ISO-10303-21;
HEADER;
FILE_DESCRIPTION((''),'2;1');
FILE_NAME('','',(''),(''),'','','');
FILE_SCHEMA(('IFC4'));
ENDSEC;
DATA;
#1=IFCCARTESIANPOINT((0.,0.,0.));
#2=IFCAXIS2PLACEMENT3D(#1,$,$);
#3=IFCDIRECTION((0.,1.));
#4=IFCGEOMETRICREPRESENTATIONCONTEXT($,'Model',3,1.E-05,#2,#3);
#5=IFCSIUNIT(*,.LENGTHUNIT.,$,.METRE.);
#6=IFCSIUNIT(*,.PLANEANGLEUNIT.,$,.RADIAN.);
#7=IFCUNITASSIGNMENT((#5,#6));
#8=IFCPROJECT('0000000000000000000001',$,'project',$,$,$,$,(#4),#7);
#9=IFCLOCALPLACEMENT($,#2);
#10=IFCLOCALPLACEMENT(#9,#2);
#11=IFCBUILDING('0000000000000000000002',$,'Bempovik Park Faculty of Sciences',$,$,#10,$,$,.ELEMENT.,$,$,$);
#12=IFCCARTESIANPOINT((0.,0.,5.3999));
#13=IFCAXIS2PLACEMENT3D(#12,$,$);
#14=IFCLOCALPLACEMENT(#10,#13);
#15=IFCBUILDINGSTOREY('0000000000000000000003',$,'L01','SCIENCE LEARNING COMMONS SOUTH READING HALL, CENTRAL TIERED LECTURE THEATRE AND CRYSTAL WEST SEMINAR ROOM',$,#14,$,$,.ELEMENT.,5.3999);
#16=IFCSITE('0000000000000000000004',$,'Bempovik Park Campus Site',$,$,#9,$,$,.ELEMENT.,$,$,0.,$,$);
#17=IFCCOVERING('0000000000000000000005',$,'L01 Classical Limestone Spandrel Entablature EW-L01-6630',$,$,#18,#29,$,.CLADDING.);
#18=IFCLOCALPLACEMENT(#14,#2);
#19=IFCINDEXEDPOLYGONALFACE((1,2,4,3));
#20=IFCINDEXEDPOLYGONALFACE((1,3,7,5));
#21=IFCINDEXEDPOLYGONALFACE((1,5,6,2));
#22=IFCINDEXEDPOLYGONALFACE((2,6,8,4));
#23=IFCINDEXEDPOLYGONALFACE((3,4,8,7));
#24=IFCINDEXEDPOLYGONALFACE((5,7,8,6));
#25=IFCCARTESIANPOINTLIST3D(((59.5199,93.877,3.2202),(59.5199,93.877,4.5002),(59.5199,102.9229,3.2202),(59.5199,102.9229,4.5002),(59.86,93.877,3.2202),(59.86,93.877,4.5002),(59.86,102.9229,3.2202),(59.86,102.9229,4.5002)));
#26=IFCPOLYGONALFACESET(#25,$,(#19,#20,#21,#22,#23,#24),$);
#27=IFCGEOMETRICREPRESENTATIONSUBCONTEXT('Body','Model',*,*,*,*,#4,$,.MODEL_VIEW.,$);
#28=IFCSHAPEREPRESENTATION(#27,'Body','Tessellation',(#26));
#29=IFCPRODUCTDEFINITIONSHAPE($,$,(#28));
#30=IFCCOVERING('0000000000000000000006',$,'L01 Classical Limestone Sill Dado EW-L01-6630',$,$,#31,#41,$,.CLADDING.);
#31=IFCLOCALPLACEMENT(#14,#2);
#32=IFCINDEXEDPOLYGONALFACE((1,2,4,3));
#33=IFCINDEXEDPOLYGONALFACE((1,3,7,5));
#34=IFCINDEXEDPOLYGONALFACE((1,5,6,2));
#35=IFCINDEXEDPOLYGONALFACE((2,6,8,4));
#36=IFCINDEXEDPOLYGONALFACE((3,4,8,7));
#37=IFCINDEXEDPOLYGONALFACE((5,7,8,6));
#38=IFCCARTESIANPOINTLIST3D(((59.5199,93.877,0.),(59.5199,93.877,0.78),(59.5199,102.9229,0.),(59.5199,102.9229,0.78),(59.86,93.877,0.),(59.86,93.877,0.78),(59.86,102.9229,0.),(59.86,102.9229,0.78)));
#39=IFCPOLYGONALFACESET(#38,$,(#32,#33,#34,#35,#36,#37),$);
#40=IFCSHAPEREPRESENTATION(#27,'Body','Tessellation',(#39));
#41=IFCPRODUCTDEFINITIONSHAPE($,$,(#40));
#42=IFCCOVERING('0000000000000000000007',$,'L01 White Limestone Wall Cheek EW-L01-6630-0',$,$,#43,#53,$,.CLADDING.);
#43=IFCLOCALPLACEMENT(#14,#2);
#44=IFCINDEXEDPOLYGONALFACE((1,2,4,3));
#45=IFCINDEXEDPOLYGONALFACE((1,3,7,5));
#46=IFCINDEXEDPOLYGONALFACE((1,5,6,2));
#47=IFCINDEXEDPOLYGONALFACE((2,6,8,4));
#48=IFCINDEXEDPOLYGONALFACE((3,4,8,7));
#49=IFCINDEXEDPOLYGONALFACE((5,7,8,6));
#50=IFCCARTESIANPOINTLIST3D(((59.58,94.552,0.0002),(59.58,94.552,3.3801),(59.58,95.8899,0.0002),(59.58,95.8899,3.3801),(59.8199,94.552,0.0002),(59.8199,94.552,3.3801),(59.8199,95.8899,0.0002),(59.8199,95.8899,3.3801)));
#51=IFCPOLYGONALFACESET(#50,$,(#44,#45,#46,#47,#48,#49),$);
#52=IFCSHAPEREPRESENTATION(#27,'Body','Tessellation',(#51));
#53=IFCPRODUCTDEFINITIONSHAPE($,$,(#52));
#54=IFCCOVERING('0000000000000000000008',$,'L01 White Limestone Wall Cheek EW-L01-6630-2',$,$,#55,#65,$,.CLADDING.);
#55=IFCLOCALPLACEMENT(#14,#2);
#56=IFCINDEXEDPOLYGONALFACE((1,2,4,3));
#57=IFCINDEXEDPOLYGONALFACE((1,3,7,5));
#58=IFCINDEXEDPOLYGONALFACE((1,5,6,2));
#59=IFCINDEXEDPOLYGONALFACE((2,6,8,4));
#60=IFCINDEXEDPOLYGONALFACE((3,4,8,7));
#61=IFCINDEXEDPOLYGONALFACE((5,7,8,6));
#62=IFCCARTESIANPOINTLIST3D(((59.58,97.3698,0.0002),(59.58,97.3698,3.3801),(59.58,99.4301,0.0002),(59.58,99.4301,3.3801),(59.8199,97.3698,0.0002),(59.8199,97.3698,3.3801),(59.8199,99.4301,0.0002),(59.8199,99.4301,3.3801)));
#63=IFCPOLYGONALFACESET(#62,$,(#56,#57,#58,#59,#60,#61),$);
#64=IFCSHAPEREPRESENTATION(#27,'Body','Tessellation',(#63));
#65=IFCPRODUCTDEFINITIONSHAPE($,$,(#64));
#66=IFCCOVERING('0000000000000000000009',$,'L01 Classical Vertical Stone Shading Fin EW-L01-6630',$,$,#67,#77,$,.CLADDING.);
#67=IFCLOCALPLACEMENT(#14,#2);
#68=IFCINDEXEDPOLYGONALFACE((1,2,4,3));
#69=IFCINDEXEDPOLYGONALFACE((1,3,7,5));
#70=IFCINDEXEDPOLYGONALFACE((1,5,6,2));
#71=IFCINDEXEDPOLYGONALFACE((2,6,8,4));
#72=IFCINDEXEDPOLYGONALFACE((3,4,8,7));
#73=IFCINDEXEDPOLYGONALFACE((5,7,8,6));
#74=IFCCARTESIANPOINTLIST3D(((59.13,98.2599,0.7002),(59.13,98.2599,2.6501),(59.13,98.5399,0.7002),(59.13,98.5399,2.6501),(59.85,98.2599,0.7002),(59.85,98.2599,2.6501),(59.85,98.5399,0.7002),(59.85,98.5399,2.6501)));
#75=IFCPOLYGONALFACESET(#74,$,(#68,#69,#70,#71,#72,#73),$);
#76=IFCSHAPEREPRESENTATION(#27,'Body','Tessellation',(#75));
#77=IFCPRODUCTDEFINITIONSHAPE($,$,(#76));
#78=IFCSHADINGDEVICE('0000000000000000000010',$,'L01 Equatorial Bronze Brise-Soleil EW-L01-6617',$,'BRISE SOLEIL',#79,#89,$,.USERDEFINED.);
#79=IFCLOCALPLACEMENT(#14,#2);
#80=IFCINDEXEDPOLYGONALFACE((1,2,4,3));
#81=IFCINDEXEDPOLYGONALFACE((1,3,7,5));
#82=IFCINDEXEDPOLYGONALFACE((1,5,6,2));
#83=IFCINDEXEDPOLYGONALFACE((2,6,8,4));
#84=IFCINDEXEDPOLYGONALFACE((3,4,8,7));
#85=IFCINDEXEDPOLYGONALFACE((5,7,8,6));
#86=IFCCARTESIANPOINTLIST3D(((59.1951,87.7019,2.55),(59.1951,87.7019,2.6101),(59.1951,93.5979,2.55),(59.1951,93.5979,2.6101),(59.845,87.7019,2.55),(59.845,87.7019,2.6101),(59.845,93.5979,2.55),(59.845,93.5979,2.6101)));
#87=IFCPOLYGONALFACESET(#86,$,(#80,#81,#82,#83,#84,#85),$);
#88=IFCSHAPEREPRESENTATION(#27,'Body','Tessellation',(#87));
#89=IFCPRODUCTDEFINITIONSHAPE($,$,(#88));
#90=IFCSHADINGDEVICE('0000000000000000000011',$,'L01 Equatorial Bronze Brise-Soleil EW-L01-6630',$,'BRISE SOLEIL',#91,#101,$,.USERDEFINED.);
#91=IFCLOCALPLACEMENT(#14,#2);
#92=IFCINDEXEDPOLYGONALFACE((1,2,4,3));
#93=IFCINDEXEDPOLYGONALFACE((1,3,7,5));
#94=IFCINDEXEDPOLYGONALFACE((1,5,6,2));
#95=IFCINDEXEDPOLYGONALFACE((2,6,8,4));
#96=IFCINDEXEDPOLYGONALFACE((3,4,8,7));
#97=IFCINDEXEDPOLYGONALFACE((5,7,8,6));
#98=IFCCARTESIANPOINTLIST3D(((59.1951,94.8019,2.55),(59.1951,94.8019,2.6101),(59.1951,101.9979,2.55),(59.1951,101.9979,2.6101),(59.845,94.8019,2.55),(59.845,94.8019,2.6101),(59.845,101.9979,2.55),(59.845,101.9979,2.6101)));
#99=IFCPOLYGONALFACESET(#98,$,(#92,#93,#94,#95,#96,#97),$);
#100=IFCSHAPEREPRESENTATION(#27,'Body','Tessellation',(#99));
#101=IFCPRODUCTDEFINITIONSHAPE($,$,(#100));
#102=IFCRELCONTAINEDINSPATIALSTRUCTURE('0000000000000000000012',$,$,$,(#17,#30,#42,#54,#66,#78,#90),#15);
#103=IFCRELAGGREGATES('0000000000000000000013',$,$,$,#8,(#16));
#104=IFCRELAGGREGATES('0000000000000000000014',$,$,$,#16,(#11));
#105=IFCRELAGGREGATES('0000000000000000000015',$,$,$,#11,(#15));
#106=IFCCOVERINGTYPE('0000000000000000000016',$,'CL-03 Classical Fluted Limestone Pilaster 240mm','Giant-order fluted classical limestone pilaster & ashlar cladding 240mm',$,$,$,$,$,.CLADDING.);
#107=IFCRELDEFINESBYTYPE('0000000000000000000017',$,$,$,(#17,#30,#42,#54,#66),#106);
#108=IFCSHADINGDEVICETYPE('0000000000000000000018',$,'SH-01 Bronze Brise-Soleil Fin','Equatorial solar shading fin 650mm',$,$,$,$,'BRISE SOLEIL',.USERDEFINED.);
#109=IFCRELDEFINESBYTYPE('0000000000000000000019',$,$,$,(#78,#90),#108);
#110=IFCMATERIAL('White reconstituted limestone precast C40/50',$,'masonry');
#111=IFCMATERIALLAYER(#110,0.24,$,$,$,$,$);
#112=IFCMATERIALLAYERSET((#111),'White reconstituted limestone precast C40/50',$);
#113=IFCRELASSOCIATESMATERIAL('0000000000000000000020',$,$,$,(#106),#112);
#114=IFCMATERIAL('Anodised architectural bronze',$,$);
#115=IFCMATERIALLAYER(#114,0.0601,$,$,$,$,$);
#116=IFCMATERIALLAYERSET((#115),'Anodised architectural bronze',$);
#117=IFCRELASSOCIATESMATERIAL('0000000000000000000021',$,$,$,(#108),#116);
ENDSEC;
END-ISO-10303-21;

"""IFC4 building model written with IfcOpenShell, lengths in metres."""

from ifc_helpers import new_model, si_unit, direction, frame, origin, origin_2d, place, context, subcontext, project, spatial, rectangle, extrude, material, layer, layer_set, type_object, element, save


model = new_model("IFC4")

# Units and contexts
model_context = context("Model", 3, precision=1e-05, world=origin(), true_north=direction((0.0, 1.0)))
body_context = subcontext(model_context, "Body", "Model", "MODEL_VIEW")
ifc_project = project(units=[si_unit("LENGTHUNIT", "METRE"), si_unit("PLANEANGLEUNIT", "RADIAN")], contexts=[model_context])

# Site, building, storey
site_placement = place(None, origin())
site = spatial("IfcSite", under=ifc_project, at=site_placement, Name="Bempovik Park Campus Site", CompositionType="ELEMENT", RefElevation=0.0)
building_placement = place(site_placement, origin())
building = spatial("IfcBuilding", under=site, at=building_placement, Name="Bempovik Park Faculty of Sciences", CompositionType="ELEMENT")
storey_placement = place(building_placement, frame((0.0, 0.0, 5.3999)))
storey = spatial("IfcBuildingStorey", under=building, at=storey_placement, Name="L01", Description="SCIENCE LEARNING COMMONS SOUTH READING HALL, CENTRAL TIERED LECTURE THEATRE AND CRYSTAL WEST SEMINAR ROOM", CompositionType="ELEMENT", Elevation=5.3999)

# Coverings
ifc_material_1 = material(Name="White reconstituted limestone precast C40/50", Category="masonry")
ifc_layer_1 = layer(ifc_material_1, 0.24)
ifc_layer_set_1 = layer_set([ifc_layer_1], Name="White reconstituted limestone precast C40/50")
covering_type_1 = type_object("IfcCoveringType", Name="CL-03 Classical Fluted Limestone Pilaster 240mm", Description="Giant-order fluted classical limestone pilaster & ashlar cladding 240mm", PredefinedType="CLADDING", material=ifc_layer_set_1)
covering_1_placement = place(storey_placement, frame((59.6899, 98.3999, 3.2202), z_axis=(0.0, 0.0, 1.0), x_axis=(1.0, 0.0, 0.0)))
element("IfcCovering", 1, at=covering_1_placement, inside=storey, type_object=covering_type_1, Name="L01 Classical Limestone Spandrel Entablature EW-L01-6630", PredefinedType="CLADDING", context=body_context, shape_type="SweptSolid", body=[
    extrude(rectangle(XDim=0.3401, YDim=9.0459, at=origin_2d()), origin(), (0.0, 0.0, 1.0), 1.28),
])
covering_2_placement = place(storey_placement, frame((59.6899, 98.3999, 0.0), z_axis=(0.0, 0.0, 1.0), x_axis=(1.0, 0.0, 0.0)))
element("IfcCovering", 2, at=covering_2_placement, inside=storey, type_object=covering_type_1, Name="L01 Classical Limestone Sill Dado EW-L01-6630", PredefinedType="CLADDING", context=body_context, shape_type="SweptSolid", body=[
    extrude(rectangle(XDim=0.3401, YDim=9.0459, at=origin_2d()), origin(), (0.0, 0.0, 1.0), 0.78),
])
covering_3_placement = place(storey_placement, frame((59.7, 95.2209, 0.0002), z_axis=(0.0, 0.0, 1.0), x_axis=(1.0, 0.0, 0.0)))
element("IfcCovering", 3, at=covering_3_placement, inside=storey, type_object=covering_type_1, Name="L01 White Limestone Wall Cheek EW-L01-6630-0", PredefinedType="CLADDING", context=body_context, shape_type="SweptSolid", body=[
    extrude(rectangle(XDim=0.24, YDim=1.3379, at=origin_2d()), origin(), (0.0, 0.0, 1.0), 3.3799),
])
covering_4_placement = place(storey_placement, frame((59.7, 98.3999, 0.0002), z_axis=(0.0, 0.0, 1.0), x_axis=(1.0, 0.0, 0.0)))
element("IfcCovering", 4, at=covering_4_placement, inside=storey, type_object=covering_type_1, Name="L01 White Limestone Wall Cheek EW-L01-6630-2", PredefinedType="CLADDING", context=body_context, shape_type="SweptSolid", body=[
    extrude(rectangle(XDim=0.24, YDim=2.0603, at=origin_2d()), origin(), (0.0, 0.0, 1.0), 3.3799),
])
covering_5_placement = place(storey_placement, frame((59.49, 98.3999, 0.7002), z_axis=(0.0, 0.0, 1.0), x_axis=(1.0, 0.0, 0.0)))
element("IfcCovering", 5, at=covering_5_placement, inside=storey, type_object=covering_type_1, Name="L01 Classical Vertical Stone Shading Fin EW-L01-6630", PredefinedType="CLADDING", context=body_context, shape_type="SweptSolid", body=[
    extrude(rectangle(XDim=0.72, YDim=0.28, at=origin_2d()), origin(), (0.0, 0.0, 1.0), 1.95),
])

# Shading devices
ifc_material_2 = material(Name="Anodised architectural bronze")
ifc_layer_2 = layer(ifc_material_2, 0.0601)
ifc_layer_set_2 = layer_set([ifc_layer_2], Name="Anodised architectural bronze")
shading_device_type = type_object("IfcShadingDeviceType", Name="SH-01 Bronze Brise-Soleil Fin", Description="Equatorial solar shading fin 650mm", ElementType="BRISE SOLEIL", PredefinedType="USERDEFINED", material=ifc_layer_set_2)
shading_device_1_placement = place(storey_placement, frame((59.52, 90.6499, 2.55), z_axis=(0.0, 0.0, 1.0), x_axis=(1.0, 0.0, 0.0)))
element("IfcShadingDevice", 6, at=shading_device_1_placement, inside=storey, type_object=shading_device_type, Name="L01 Equatorial Bronze Brise-Soleil EW-L01-6617", ObjectType="BRISE SOLEIL", PredefinedType="USERDEFINED", context=body_context, shape_type="SweptSolid", body=[
    extrude(rectangle(XDim=0.6499, YDim=5.896, at=origin_2d()), origin(), (0.0, 0.0, 1.0), 0.0601),
])
shading_device_2_placement = place(storey_placement, frame((59.52, 98.3999, 2.55), z_axis=(0.0, 0.0, 1.0), x_axis=(1.0, 0.0, 0.0)))
element("IfcShadingDevice", 7, at=shading_device_2_placement, inside=storey, type_object=shading_device_type, Name="L01 Equatorial Bronze Brise-Soleil EW-L01-6630", ObjectType="BRISE SOLEIL", PredefinedType="USERDEFINED", context=body_context, shape_type="SweptSolid", body=[
    extrude(rectangle(XDim=0.6499, YDim=7.196, at=origin_2d()), origin(), (0.0, 0.0, 1.0), 0.0601),
])

save(model, "model.ifc")
